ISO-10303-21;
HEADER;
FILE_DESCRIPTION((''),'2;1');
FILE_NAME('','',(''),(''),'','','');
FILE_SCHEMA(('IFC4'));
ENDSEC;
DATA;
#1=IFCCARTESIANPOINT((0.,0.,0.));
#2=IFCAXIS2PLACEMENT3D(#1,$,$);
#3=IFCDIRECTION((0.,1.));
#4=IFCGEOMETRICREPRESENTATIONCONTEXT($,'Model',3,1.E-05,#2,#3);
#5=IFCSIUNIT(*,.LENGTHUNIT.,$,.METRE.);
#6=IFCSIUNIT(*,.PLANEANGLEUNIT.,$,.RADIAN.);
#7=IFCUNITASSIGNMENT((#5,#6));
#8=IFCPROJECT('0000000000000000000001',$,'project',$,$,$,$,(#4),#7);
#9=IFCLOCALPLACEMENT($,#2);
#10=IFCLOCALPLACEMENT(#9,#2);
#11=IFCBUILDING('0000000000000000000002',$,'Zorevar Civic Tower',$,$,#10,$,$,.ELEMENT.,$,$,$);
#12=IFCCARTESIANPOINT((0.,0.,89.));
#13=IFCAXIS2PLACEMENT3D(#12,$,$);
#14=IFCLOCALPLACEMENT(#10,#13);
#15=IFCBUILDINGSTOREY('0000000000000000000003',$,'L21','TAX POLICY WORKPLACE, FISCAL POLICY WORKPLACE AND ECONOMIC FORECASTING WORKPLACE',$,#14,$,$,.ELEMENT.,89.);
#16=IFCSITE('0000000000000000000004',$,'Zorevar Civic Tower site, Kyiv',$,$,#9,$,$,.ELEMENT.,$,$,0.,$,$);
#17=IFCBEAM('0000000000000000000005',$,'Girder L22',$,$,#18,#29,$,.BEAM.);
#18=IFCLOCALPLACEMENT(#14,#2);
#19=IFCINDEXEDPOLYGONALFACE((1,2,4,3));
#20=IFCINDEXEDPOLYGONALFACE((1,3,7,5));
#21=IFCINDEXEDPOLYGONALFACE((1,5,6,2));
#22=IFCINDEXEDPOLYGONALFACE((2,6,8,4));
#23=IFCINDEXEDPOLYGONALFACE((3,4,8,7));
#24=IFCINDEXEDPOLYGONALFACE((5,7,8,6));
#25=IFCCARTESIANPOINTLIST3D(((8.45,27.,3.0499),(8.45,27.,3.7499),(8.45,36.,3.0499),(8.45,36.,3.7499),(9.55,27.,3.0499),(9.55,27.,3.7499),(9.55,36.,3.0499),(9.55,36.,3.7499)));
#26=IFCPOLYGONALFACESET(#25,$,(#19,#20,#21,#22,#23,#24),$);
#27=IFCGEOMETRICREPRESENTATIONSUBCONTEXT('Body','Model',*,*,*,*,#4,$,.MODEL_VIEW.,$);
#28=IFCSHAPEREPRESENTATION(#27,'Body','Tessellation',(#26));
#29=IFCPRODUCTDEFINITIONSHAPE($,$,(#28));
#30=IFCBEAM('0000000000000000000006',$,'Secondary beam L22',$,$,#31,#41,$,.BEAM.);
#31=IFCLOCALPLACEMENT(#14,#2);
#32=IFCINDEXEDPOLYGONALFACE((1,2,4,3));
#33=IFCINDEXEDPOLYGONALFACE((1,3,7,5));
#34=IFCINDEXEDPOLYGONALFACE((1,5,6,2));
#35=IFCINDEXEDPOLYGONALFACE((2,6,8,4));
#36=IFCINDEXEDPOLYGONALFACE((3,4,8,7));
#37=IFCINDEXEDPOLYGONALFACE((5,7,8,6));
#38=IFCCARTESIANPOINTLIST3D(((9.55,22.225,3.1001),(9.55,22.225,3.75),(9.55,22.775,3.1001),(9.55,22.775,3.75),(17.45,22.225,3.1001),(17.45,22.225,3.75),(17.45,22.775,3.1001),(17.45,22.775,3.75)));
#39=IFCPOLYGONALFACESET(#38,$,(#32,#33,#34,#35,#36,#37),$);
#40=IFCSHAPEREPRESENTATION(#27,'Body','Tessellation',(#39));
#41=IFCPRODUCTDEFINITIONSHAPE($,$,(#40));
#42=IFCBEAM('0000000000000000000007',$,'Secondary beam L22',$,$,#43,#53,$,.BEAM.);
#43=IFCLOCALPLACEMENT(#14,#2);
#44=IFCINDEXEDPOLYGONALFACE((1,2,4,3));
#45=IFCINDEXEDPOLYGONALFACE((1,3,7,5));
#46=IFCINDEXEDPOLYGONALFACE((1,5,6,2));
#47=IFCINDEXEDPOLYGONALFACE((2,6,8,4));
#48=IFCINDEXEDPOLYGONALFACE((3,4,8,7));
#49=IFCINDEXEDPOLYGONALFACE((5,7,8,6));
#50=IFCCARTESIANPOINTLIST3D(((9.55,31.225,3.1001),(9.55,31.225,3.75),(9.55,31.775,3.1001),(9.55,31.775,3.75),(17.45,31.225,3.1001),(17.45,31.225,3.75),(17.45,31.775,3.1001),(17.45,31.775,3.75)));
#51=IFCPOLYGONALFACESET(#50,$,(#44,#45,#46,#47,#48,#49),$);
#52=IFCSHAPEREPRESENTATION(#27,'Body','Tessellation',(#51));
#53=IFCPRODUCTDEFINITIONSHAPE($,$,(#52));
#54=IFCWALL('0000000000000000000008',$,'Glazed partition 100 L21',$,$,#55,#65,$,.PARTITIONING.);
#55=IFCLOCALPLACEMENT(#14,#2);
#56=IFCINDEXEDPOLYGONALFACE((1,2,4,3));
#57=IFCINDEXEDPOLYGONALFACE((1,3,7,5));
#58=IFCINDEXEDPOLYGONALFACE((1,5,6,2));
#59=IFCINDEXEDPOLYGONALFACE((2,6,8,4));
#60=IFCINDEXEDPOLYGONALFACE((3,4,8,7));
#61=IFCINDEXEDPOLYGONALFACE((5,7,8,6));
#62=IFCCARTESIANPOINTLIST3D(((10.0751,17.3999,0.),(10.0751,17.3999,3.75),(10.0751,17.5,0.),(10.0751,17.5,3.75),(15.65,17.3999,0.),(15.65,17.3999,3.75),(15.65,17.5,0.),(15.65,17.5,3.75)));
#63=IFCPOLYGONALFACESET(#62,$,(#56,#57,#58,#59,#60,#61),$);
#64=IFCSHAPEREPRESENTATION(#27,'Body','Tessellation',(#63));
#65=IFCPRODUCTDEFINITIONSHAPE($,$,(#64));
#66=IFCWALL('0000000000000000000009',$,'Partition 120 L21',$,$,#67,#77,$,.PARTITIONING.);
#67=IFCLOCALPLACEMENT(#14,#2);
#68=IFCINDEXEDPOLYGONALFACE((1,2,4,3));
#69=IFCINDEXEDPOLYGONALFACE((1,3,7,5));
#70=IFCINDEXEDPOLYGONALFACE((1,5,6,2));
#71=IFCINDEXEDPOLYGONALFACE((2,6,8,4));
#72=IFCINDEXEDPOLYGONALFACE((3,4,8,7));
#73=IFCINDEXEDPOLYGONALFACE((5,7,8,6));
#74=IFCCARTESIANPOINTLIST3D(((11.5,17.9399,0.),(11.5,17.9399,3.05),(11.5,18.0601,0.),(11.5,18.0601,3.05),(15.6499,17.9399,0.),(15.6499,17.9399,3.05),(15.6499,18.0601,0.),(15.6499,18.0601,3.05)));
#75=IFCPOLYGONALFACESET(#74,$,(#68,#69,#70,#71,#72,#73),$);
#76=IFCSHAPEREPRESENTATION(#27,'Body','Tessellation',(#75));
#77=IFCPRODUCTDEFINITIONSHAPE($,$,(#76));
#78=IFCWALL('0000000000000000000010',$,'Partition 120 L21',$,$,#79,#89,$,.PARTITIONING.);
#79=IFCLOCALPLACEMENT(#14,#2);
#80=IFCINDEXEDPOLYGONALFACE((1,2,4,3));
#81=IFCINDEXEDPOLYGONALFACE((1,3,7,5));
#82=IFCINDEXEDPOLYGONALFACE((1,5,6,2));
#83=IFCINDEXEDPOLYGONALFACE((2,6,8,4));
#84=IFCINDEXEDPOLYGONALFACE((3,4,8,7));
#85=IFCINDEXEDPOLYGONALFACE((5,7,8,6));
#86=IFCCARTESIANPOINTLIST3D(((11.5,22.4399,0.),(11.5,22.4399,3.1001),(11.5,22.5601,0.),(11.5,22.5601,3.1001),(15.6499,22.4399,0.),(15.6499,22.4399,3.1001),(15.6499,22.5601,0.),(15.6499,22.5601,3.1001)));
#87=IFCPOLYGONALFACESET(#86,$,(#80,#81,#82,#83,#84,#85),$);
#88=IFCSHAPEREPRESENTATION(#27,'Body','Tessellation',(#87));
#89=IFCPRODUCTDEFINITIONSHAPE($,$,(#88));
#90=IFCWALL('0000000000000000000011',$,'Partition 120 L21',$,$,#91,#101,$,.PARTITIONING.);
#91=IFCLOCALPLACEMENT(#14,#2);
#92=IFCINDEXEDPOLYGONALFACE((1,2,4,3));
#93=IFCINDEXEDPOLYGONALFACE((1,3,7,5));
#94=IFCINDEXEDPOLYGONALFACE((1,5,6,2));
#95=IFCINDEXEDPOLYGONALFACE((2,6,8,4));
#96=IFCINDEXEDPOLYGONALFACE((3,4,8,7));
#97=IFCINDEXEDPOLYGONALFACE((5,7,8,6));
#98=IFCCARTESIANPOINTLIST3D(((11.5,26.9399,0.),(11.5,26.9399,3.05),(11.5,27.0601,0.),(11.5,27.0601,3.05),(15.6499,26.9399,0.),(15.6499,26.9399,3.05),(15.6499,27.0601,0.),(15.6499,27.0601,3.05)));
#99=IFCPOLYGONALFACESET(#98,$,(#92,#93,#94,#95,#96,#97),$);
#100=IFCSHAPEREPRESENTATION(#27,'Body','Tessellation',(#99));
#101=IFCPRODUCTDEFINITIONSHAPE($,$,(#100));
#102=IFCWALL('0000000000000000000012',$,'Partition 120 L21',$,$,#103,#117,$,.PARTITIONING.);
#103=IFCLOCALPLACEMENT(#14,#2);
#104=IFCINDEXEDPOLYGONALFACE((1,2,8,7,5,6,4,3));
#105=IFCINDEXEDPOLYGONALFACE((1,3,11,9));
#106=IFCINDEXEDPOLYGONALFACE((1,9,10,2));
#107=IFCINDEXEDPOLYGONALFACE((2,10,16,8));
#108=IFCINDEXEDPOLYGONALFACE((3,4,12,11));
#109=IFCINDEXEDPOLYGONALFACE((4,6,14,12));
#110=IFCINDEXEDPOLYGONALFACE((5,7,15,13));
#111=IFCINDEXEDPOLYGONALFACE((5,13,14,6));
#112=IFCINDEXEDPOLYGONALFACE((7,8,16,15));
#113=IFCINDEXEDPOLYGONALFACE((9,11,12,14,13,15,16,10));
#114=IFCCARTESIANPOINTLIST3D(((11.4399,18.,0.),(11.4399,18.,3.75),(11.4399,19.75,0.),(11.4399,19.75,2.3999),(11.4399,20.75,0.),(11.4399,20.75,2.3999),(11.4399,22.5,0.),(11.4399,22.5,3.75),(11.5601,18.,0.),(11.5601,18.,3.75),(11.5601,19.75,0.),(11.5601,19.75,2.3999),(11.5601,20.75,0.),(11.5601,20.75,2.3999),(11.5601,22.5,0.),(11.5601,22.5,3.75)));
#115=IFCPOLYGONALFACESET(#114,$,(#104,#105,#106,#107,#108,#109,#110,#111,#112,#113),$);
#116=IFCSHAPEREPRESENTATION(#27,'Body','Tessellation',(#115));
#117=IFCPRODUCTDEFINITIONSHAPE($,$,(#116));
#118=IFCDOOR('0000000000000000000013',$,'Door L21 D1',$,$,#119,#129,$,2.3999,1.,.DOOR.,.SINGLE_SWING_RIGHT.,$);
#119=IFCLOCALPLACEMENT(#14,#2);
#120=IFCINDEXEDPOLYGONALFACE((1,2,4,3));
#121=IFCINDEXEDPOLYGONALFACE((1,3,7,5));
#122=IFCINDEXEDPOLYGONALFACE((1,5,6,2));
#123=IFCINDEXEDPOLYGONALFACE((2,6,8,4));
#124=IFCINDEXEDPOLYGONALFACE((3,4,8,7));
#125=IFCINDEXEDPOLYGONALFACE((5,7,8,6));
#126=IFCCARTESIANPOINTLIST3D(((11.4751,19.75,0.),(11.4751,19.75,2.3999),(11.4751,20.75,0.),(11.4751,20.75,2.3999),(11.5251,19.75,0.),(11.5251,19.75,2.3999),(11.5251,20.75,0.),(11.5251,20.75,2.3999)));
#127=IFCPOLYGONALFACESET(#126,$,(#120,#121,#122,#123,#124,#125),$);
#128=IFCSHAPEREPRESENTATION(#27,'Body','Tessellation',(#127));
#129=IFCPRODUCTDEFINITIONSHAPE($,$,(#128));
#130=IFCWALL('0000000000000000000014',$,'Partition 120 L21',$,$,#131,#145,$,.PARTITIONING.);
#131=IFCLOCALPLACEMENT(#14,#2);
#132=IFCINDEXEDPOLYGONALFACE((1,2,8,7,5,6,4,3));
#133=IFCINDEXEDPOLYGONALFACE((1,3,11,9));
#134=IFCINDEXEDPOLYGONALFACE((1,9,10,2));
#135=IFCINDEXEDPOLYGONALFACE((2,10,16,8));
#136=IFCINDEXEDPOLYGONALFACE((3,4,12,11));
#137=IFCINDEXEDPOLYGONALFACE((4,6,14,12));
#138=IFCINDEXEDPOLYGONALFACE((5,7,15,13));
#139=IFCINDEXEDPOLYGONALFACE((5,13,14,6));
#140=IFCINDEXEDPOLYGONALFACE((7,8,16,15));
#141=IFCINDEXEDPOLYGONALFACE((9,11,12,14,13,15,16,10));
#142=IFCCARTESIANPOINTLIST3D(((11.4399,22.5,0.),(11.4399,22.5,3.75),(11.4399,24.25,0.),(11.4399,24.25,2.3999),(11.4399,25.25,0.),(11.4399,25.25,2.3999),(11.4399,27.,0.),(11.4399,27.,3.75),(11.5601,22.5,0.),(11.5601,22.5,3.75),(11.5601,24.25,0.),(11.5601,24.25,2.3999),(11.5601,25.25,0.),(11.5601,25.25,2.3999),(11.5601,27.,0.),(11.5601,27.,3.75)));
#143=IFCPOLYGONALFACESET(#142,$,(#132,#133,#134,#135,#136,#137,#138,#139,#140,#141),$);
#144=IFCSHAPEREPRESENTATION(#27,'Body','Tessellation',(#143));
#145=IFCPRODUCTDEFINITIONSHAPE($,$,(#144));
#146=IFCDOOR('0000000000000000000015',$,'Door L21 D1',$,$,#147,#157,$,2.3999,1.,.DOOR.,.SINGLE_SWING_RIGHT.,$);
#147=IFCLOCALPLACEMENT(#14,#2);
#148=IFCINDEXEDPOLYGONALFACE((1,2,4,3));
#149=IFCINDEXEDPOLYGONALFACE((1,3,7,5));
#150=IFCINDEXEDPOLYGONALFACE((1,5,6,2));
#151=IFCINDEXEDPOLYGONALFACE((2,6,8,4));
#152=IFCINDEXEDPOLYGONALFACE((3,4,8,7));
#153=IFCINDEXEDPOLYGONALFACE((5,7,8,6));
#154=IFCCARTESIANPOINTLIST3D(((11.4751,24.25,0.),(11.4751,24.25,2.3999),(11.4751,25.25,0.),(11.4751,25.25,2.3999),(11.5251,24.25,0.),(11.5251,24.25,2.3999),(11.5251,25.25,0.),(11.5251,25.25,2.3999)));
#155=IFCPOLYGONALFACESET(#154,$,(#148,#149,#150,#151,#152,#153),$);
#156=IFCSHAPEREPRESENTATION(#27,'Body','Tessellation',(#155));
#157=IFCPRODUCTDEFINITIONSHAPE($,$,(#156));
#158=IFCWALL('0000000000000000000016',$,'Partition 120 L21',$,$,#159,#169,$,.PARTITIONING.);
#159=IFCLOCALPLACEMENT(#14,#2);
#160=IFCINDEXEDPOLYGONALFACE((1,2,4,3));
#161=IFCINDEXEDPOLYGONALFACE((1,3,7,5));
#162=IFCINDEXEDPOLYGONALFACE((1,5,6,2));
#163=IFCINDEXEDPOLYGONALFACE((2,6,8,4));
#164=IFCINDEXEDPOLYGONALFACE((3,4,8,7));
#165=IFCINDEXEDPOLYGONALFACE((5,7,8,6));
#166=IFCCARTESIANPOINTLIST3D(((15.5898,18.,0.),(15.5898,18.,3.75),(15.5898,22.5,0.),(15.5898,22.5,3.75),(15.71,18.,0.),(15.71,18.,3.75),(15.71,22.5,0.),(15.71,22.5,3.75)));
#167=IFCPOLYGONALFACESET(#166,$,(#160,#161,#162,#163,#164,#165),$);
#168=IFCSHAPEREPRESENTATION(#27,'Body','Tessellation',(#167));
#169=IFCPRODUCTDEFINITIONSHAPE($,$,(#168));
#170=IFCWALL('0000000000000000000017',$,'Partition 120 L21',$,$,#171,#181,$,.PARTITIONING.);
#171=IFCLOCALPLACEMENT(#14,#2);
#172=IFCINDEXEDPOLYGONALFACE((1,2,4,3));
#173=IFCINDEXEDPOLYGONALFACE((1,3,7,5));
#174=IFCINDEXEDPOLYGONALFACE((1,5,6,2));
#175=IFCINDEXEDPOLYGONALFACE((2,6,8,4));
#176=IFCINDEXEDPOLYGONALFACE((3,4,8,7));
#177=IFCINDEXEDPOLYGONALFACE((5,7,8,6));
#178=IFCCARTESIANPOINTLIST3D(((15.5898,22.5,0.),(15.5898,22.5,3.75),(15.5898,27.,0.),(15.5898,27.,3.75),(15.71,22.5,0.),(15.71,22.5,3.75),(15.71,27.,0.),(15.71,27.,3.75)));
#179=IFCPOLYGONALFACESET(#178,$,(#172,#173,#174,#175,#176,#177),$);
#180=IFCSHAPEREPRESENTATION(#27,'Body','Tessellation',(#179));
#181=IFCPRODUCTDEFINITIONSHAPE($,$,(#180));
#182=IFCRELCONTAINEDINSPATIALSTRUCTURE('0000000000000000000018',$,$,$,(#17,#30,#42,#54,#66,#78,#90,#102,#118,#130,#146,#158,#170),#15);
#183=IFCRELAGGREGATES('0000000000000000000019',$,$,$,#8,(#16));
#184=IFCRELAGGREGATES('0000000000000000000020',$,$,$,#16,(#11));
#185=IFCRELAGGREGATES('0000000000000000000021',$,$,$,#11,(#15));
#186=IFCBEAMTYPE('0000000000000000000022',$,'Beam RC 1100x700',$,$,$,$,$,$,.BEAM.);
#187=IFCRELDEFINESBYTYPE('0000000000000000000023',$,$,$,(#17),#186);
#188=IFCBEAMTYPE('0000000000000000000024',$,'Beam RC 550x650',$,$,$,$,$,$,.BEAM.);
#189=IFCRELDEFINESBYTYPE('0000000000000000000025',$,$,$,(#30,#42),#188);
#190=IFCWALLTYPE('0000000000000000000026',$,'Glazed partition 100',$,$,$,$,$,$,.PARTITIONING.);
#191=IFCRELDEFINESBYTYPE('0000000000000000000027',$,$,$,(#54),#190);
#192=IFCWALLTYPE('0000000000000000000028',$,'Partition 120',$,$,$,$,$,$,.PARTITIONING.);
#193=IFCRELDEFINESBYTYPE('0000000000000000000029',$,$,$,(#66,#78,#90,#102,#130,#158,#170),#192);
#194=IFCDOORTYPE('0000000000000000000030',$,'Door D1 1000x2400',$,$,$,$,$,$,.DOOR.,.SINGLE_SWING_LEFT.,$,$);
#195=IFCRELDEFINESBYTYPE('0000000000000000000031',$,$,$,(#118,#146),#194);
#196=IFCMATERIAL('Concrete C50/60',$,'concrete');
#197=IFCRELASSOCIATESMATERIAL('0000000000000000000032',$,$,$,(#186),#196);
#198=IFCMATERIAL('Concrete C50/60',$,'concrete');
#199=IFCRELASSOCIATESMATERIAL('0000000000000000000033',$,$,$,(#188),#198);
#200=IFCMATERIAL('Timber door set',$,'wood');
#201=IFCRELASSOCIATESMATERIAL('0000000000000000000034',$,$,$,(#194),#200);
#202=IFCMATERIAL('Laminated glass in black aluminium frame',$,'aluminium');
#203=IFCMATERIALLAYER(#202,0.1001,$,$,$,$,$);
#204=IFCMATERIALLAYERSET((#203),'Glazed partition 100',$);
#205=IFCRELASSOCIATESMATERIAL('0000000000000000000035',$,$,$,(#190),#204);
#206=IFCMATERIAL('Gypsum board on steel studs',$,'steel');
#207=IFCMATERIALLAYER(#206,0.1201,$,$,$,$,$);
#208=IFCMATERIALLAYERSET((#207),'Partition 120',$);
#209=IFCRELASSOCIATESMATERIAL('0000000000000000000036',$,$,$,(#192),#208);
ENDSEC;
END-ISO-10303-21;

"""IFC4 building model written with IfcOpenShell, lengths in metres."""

from ifc_helpers import new_model, si_unit, direction, frame, frame_2d, origin, origin_2d, place, context, subcontext, project, spatial, rectangle, extrude, material, layer, layer_set, material_profile, profile_set, type_object, element, fill, save


model = new_model("IFC4")

# Units and contexts
model_context = context("Model", 3, precision=1e-05, world=origin(), true_north=direction((0.0, 1.0)))
body_context = subcontext(model_context, "Body", "Model", "MODEL_VIEW")
ifc_project = project(units=[si_unit("LENGTHUNIT", "METRE"), si_unit("PLANEANGLEUNIT", "RADIAN")], contexts=[model_context])

# Site, building, storey
site_placement = place(None, origin())
site = spatial("IfcSite", under=ifc_project, at=site_placement, Name="Zorevar Civic Tower site, Kyiv", CompositionType="ELEMENT", RefElevation=0.0)
building_placement = place(site_placement, origin())
building = spatial("IfcBuilding", under=site, at=building_placement, Name="Zorevar Civic Tower", CompositionType="ELEMENT")
storey_placement = place(building_placement, frame((0.0, 0.0, 89.0)))
storey = spatial("IfcBuildingStorey", under=building, at=storey_placement, Name="L21", Description="TAX POLICY WORKPLACE, FISCAL POLICY WORKPLACE AND ECONOMIC FORECASTING WORKPLACE", CompositionType="ELEMENT", Elevation=89.0)

# Beams
ifc_material_1 = material(Name="Concrete C50/60", Category="concrete")
ifc_material_profile_1 = material_profile(ifc_material_1, rectangle(XDim=1.1001, YDim=0.7, at=origin_2d()), Name="RC 1100x700")
ifc_profile_set_1 = profile_set([ifc_material_profile_1], Name="Concrete C50/60")
beam_type_1 = type_object("IfcBeamType", Name="Beam RC 1100x700", PredefinedType="BEAM", material=ifc_profile_set_1)
beam_placement = place(storey_placement, frame((9.0, 27.0, 3.3999), z_axis=(0.0, 1.0, 0.0), x_axis=(-1.0, 0.0, 0.0)))
element("IfcBeam", 1, at=beam_placement, inside=storey, type_object=beam_type_1, Name="Girder L22", PredefinedType="BEAM", context=body_context, shape_type="SweptSolid", body=[
    extrude(rectangle(XDim=1.1001, YDim=0.7, at=origin_2d()), origin(), (0.0, 0.0, 1.0), 9.0),
])
ifc_material_2 = material(Name="Concrete C50/60", Category="concrete")
ifc_material_profile_2 = material_profile(ifc_material_2, rectangle(XDim=0.55, YDim=0.6499, at=origin_2d()), Name="RC 550x650")
ifc_profile_set_2 = profile_set([ifc_material_profile_2], Name="Concrete C50/60")
beam_type_2 = type_object("IfcBeamType", Name="Beam RC 550x650", PredefinedType="BEAM", material=ifc_profile_set_2)
for number, where, z_axis, x_axis, name in (
    (2, (9.55, 22.5, 3.425), (1.0, 0.0, 0.0), (0.0, 1.0, 0.0), "Secondary beam L22"),
    (3, (9.55, 31.5, 3.425), (1.0, 0.0, 0.0), (0.0, 1.0, 0.0), "Secondary beam L22"),
):
    element("IfcBeam", number, at=place(storey_placement, frame(where, z_axis=z_axis, x_axis=x_axis)), inside=storey, type_object=beam_type_2, Name=name, PredefinedType="BEAM", context=body_context, shape_type="SweptSolid", body=[
        extrude(rectangle(XDim=0.55, YDim=0.6499, at=origin_2d()), origin(), (0.0, 0.0, 1.0), 7.8999),
    ])

# Shared definitions
ifc_material_3 = material(Name="Timber door set", Category="wood")
door_type_1 = type_object("IfcDoorType", Name="Door D1 1000x2400", OperationType="SINGLE_SWING_LEFT", PredefinedType="DOOR", material=ifc_material_3)

# Walls
ifc_material_4 = material(Name="Laminated glass in black aluminium frame", Category="aluminium")
ifc_layer_1 = layer(ifc_material_4, 0.1001)
ifc_layer_set_1 = layer_set([ifc_layer_1], Name="Glazed partition 100")
wall_type_1 = type_object("IfcWallType", Name="Glazed partition 100", PredefinedType="PARTITIONING", material=ifc_layer_set_1)
wall_1_placement = place(storey_placement, frame((10.075, 17.45, 0.0), z_axis=(0.0, 0.0, 1.0), x_axis=(1.0, 0.0, 0.0)))
element("IfcWall", 4, at=wall_1_placement, inside=storey, type_object=wall_type_1, Name="Glazed partition 100 L21", PredefinedType="PARTITIONING", context=body_context, shape_type="SweptSolid", body=[
    extrude(rectangle(XDim=5.575, YDim=0.1001, at=frame_2d((2.7876, 0.0))), origin(), (0.0, 0.0, 1.0), 3.75),
])
ifc_material_5 = material(Name="Gypsum board on steel studs", Category="steel")
ifc_layer_2 = layer(ifc_material_5, 0.1201)
ifc_layer_set_2 = layer_set([ifc_layer_2], Name="Partition 120")
wall_type_2 = type_object("IfcWallType", Name="Partition 120", PredefinedType="PARTITIONING", material=ifc_layer_set_2)
wall_2_placement = place(storey_placement, frame((11.5, 18.0, 0.0), z_axis=(0.0, 0.0, 1.0), x_axis=(1.0, 0.0, 0.0)))
element("IfcWall", 5, at=wall_2_placement, inside=storey, type_object=wall_type_2, Name="Partition 120 L21", PredefinedType="PARTITIONING", context=body_context, shape_type="SweptSolid", body=[
    extrude(rectangle(XDim=4.1499, YDim=0.1201, at=frame_2d((2.075, 0.0))), origin(), (0.0, 0.0, 1.0), 3.05),
])
wall_3_placement = place(storey_placement, frame((11.5, 22.5, 0.0), z_axis=(0.0, 0.0, 1.0), x_axis=(1.0, 0.0, 0.0)))
element("IfcWall", 6, at=wall_3_placement, inside=storey, type_object=wall_type_2, Name="Partition 120 L21", PredefinedType="PARTITIONING", context=body_context, shape_type="SweptSolid", body=[
    extrude(rectangle(XDim=4.1499, YDim=0.1201, at=frame_2d((2.075, 0.0))), origin(), (0.0, 0.0, 1.0), 3.1001),
])
wall_4_placement = place(storey_placement, frame((11.5, 27.0, 0.0), z_axis=(0.0, 0.0, 1.0), x_axis=(1.0, 0.0, 0.0)))
element("IfcWall", 7, at=wall_4_placement, inside=storey, type_object=wall_type_2, Name="Partition 120 L21", PredefinedType="PARTITIONING", context=body_context, shape_type="SweptSolid", body=[
    extrude(rectangle(XDim=4.1499, YDim=0.1201, at=frame_2d((2.075, 0.0))), origin(), (0.0, 0.0, 1.0), 3.05),
])

# Walls, openings, doors
wall_5_placement = place(storey_placement, frame((11.5, 18.0, 0.0), z_axis=(0.0, 0.0, 1.0), x_axis=(0.0, 1.0, 0.0)))
wall_5 = element("IfcWall", 8, at=wall_5_placement, inside=storey, type_object=wall_type_2, Name="Partition 120 L21", PredefinedType="PARTITIONING", context=body_context, shape_type="SweptSolid", body=[
    extrude(rectangle(XDim=4.5, YDim=0.1201, at=frame_2d((2.25, 0.0))), origin(), (0.0, 0.0, 1.0), 3.75),
])
opening_1_placement = place(wall_5_placement, frame((1.75, 0.0, 0.0)))
opening_1 = element("IfcOpeningElement", 9, at=opening_1_placement, cuts=wall_5, PredefinedType="OPENING", context=body_context, shape_type="SweptSolid", body=[
    extrude(rectangle(XDim=1.0, YDim=2.3999, at=frame_2d((0.5, 1.2))), frame((0.0, 0.0701, 0.0), z_axis=(0.0, -1.0, 0.0), x_axis=(1.0, 0.0, 0.0)), (0.0, 0.0, 1.0), 0.1401),
])
door_1_placement = place(opening_1_placement, origin())
door_1 = element("IfcDoor", 10, at=door_1_placement, inside=storey, type_object=door_type_1, Name="Door L21 D1", OperationType="SINGLE_SWING_RIGHT", OverallHeight=2.3999, OverallWidth=1.0, PredefinedType="DOOR", context=body_context, shape_type="SweptSolid", body=[
    extrude(rectangle(XDim=1.0, YDim=2.3999, at=frame_2d((0.5, 1.2))), frame((0.0, 0.0249, 0.0), z_axis=(0.0, -1.0, 0.0), x_axis=(1.0, 0.0, 0.0)), (0.0, 0.0, 1.0), 0.05),
])
fill(opening_1, door_1)
wall_6_placement = place(storey_placement, frame((11.5, 22.5, 0.0), z_axis=(0.0, 0.0, 1.0), x_axis=(0.0, 1.0, 0.0)))
wall_6 = element("IfcWall", 11, at=wall_6_placement, inside=storey, type_object=wall_type_2, Name="Partition 120 L21", PredefinedType="PARTITIONING", context=body_context, shape_type="SweptSolid", body=[
    extrude(rectangle(XDim=4.5, YDim=0.1201, at=frame_2d((2.25, 0.0))), origin(), (0.0, 0.0, 1.0), 3.75),
])
opening_2_placement = place(wall_6_placement, frame((1.75, 0.0, 0.0)))
opening_2 = element("IfcOpeningElement", 12, at=opening_2_placement, cuts=wall_6, PredefinedType="OPENING", context=body_context, shape_type="SweptSolid", body=[
    extrude(rectangle(XDim=1.0, YDim=2.3999, at=frame_2d((0.5, 1.2))), frame((0.0, 0.0701, 0.0), z_axis=(0.0, -1.0, 0.0), x_axis=(1.0, 0.0, 0.0)), (0.0, 0.0, 1.0), 0.1401),
])
door_2_placement = place(opening_2_placement, origin())
door_2 = element("IfcDoor", 13, at=door_2_placement, inside=storey, type_object=door_type_1, Name="Door L21 D1", OperationType="SINGLE_SWING_RIGHT", OverallHeight=2.3999, OverallWidth=1.0, PredefinedType="DOOR", context=body_context, shape_type="SweptSolid", body=[
    extrude(rectangle(XDim=1.0, YDim=2.3999, at=frame_2d((0.5, 1.2))), frame((0.0, 0.0249, 0.0), z_axis=(0.0, -1.0, 0.0), x_axis=(1.0, 0.0, 0.0)), (0.0, 0.0, 1.0), 0.05),
])
fill(opening_2, door_2)

# Walls
for number, where, z_axis, x_axis, name in (
    (14, (15.6499, 18.0, 0.0), (0.0, 0.0, 1.0), (0.0, 1.0, 0.0), "Partition 120 L21"),
    (15, (15.6499, 22.5, 0.0), (0.0, 0.0, 1.0), (0.0, 1.0, 0.0), "Partition 120 L21"),
):
    element("IfcWall", number, at=place(storey_placement, frame(where, z_axis=z_axis, x_axis=x_axis)), inside=storey, type_object=wall_type_2, Name=name, PredefinedType="PARTITIONING", context=body_context, shape_type="SweptSolid", body=[
        extrude(rectangle(XDim=4.5, YDim=0.1201, at=frame_2d((2.25, 0.0))), origin(), (0.0, 0.0, 1.0), 3.75),
    ])

save(model, "model.ifc")
